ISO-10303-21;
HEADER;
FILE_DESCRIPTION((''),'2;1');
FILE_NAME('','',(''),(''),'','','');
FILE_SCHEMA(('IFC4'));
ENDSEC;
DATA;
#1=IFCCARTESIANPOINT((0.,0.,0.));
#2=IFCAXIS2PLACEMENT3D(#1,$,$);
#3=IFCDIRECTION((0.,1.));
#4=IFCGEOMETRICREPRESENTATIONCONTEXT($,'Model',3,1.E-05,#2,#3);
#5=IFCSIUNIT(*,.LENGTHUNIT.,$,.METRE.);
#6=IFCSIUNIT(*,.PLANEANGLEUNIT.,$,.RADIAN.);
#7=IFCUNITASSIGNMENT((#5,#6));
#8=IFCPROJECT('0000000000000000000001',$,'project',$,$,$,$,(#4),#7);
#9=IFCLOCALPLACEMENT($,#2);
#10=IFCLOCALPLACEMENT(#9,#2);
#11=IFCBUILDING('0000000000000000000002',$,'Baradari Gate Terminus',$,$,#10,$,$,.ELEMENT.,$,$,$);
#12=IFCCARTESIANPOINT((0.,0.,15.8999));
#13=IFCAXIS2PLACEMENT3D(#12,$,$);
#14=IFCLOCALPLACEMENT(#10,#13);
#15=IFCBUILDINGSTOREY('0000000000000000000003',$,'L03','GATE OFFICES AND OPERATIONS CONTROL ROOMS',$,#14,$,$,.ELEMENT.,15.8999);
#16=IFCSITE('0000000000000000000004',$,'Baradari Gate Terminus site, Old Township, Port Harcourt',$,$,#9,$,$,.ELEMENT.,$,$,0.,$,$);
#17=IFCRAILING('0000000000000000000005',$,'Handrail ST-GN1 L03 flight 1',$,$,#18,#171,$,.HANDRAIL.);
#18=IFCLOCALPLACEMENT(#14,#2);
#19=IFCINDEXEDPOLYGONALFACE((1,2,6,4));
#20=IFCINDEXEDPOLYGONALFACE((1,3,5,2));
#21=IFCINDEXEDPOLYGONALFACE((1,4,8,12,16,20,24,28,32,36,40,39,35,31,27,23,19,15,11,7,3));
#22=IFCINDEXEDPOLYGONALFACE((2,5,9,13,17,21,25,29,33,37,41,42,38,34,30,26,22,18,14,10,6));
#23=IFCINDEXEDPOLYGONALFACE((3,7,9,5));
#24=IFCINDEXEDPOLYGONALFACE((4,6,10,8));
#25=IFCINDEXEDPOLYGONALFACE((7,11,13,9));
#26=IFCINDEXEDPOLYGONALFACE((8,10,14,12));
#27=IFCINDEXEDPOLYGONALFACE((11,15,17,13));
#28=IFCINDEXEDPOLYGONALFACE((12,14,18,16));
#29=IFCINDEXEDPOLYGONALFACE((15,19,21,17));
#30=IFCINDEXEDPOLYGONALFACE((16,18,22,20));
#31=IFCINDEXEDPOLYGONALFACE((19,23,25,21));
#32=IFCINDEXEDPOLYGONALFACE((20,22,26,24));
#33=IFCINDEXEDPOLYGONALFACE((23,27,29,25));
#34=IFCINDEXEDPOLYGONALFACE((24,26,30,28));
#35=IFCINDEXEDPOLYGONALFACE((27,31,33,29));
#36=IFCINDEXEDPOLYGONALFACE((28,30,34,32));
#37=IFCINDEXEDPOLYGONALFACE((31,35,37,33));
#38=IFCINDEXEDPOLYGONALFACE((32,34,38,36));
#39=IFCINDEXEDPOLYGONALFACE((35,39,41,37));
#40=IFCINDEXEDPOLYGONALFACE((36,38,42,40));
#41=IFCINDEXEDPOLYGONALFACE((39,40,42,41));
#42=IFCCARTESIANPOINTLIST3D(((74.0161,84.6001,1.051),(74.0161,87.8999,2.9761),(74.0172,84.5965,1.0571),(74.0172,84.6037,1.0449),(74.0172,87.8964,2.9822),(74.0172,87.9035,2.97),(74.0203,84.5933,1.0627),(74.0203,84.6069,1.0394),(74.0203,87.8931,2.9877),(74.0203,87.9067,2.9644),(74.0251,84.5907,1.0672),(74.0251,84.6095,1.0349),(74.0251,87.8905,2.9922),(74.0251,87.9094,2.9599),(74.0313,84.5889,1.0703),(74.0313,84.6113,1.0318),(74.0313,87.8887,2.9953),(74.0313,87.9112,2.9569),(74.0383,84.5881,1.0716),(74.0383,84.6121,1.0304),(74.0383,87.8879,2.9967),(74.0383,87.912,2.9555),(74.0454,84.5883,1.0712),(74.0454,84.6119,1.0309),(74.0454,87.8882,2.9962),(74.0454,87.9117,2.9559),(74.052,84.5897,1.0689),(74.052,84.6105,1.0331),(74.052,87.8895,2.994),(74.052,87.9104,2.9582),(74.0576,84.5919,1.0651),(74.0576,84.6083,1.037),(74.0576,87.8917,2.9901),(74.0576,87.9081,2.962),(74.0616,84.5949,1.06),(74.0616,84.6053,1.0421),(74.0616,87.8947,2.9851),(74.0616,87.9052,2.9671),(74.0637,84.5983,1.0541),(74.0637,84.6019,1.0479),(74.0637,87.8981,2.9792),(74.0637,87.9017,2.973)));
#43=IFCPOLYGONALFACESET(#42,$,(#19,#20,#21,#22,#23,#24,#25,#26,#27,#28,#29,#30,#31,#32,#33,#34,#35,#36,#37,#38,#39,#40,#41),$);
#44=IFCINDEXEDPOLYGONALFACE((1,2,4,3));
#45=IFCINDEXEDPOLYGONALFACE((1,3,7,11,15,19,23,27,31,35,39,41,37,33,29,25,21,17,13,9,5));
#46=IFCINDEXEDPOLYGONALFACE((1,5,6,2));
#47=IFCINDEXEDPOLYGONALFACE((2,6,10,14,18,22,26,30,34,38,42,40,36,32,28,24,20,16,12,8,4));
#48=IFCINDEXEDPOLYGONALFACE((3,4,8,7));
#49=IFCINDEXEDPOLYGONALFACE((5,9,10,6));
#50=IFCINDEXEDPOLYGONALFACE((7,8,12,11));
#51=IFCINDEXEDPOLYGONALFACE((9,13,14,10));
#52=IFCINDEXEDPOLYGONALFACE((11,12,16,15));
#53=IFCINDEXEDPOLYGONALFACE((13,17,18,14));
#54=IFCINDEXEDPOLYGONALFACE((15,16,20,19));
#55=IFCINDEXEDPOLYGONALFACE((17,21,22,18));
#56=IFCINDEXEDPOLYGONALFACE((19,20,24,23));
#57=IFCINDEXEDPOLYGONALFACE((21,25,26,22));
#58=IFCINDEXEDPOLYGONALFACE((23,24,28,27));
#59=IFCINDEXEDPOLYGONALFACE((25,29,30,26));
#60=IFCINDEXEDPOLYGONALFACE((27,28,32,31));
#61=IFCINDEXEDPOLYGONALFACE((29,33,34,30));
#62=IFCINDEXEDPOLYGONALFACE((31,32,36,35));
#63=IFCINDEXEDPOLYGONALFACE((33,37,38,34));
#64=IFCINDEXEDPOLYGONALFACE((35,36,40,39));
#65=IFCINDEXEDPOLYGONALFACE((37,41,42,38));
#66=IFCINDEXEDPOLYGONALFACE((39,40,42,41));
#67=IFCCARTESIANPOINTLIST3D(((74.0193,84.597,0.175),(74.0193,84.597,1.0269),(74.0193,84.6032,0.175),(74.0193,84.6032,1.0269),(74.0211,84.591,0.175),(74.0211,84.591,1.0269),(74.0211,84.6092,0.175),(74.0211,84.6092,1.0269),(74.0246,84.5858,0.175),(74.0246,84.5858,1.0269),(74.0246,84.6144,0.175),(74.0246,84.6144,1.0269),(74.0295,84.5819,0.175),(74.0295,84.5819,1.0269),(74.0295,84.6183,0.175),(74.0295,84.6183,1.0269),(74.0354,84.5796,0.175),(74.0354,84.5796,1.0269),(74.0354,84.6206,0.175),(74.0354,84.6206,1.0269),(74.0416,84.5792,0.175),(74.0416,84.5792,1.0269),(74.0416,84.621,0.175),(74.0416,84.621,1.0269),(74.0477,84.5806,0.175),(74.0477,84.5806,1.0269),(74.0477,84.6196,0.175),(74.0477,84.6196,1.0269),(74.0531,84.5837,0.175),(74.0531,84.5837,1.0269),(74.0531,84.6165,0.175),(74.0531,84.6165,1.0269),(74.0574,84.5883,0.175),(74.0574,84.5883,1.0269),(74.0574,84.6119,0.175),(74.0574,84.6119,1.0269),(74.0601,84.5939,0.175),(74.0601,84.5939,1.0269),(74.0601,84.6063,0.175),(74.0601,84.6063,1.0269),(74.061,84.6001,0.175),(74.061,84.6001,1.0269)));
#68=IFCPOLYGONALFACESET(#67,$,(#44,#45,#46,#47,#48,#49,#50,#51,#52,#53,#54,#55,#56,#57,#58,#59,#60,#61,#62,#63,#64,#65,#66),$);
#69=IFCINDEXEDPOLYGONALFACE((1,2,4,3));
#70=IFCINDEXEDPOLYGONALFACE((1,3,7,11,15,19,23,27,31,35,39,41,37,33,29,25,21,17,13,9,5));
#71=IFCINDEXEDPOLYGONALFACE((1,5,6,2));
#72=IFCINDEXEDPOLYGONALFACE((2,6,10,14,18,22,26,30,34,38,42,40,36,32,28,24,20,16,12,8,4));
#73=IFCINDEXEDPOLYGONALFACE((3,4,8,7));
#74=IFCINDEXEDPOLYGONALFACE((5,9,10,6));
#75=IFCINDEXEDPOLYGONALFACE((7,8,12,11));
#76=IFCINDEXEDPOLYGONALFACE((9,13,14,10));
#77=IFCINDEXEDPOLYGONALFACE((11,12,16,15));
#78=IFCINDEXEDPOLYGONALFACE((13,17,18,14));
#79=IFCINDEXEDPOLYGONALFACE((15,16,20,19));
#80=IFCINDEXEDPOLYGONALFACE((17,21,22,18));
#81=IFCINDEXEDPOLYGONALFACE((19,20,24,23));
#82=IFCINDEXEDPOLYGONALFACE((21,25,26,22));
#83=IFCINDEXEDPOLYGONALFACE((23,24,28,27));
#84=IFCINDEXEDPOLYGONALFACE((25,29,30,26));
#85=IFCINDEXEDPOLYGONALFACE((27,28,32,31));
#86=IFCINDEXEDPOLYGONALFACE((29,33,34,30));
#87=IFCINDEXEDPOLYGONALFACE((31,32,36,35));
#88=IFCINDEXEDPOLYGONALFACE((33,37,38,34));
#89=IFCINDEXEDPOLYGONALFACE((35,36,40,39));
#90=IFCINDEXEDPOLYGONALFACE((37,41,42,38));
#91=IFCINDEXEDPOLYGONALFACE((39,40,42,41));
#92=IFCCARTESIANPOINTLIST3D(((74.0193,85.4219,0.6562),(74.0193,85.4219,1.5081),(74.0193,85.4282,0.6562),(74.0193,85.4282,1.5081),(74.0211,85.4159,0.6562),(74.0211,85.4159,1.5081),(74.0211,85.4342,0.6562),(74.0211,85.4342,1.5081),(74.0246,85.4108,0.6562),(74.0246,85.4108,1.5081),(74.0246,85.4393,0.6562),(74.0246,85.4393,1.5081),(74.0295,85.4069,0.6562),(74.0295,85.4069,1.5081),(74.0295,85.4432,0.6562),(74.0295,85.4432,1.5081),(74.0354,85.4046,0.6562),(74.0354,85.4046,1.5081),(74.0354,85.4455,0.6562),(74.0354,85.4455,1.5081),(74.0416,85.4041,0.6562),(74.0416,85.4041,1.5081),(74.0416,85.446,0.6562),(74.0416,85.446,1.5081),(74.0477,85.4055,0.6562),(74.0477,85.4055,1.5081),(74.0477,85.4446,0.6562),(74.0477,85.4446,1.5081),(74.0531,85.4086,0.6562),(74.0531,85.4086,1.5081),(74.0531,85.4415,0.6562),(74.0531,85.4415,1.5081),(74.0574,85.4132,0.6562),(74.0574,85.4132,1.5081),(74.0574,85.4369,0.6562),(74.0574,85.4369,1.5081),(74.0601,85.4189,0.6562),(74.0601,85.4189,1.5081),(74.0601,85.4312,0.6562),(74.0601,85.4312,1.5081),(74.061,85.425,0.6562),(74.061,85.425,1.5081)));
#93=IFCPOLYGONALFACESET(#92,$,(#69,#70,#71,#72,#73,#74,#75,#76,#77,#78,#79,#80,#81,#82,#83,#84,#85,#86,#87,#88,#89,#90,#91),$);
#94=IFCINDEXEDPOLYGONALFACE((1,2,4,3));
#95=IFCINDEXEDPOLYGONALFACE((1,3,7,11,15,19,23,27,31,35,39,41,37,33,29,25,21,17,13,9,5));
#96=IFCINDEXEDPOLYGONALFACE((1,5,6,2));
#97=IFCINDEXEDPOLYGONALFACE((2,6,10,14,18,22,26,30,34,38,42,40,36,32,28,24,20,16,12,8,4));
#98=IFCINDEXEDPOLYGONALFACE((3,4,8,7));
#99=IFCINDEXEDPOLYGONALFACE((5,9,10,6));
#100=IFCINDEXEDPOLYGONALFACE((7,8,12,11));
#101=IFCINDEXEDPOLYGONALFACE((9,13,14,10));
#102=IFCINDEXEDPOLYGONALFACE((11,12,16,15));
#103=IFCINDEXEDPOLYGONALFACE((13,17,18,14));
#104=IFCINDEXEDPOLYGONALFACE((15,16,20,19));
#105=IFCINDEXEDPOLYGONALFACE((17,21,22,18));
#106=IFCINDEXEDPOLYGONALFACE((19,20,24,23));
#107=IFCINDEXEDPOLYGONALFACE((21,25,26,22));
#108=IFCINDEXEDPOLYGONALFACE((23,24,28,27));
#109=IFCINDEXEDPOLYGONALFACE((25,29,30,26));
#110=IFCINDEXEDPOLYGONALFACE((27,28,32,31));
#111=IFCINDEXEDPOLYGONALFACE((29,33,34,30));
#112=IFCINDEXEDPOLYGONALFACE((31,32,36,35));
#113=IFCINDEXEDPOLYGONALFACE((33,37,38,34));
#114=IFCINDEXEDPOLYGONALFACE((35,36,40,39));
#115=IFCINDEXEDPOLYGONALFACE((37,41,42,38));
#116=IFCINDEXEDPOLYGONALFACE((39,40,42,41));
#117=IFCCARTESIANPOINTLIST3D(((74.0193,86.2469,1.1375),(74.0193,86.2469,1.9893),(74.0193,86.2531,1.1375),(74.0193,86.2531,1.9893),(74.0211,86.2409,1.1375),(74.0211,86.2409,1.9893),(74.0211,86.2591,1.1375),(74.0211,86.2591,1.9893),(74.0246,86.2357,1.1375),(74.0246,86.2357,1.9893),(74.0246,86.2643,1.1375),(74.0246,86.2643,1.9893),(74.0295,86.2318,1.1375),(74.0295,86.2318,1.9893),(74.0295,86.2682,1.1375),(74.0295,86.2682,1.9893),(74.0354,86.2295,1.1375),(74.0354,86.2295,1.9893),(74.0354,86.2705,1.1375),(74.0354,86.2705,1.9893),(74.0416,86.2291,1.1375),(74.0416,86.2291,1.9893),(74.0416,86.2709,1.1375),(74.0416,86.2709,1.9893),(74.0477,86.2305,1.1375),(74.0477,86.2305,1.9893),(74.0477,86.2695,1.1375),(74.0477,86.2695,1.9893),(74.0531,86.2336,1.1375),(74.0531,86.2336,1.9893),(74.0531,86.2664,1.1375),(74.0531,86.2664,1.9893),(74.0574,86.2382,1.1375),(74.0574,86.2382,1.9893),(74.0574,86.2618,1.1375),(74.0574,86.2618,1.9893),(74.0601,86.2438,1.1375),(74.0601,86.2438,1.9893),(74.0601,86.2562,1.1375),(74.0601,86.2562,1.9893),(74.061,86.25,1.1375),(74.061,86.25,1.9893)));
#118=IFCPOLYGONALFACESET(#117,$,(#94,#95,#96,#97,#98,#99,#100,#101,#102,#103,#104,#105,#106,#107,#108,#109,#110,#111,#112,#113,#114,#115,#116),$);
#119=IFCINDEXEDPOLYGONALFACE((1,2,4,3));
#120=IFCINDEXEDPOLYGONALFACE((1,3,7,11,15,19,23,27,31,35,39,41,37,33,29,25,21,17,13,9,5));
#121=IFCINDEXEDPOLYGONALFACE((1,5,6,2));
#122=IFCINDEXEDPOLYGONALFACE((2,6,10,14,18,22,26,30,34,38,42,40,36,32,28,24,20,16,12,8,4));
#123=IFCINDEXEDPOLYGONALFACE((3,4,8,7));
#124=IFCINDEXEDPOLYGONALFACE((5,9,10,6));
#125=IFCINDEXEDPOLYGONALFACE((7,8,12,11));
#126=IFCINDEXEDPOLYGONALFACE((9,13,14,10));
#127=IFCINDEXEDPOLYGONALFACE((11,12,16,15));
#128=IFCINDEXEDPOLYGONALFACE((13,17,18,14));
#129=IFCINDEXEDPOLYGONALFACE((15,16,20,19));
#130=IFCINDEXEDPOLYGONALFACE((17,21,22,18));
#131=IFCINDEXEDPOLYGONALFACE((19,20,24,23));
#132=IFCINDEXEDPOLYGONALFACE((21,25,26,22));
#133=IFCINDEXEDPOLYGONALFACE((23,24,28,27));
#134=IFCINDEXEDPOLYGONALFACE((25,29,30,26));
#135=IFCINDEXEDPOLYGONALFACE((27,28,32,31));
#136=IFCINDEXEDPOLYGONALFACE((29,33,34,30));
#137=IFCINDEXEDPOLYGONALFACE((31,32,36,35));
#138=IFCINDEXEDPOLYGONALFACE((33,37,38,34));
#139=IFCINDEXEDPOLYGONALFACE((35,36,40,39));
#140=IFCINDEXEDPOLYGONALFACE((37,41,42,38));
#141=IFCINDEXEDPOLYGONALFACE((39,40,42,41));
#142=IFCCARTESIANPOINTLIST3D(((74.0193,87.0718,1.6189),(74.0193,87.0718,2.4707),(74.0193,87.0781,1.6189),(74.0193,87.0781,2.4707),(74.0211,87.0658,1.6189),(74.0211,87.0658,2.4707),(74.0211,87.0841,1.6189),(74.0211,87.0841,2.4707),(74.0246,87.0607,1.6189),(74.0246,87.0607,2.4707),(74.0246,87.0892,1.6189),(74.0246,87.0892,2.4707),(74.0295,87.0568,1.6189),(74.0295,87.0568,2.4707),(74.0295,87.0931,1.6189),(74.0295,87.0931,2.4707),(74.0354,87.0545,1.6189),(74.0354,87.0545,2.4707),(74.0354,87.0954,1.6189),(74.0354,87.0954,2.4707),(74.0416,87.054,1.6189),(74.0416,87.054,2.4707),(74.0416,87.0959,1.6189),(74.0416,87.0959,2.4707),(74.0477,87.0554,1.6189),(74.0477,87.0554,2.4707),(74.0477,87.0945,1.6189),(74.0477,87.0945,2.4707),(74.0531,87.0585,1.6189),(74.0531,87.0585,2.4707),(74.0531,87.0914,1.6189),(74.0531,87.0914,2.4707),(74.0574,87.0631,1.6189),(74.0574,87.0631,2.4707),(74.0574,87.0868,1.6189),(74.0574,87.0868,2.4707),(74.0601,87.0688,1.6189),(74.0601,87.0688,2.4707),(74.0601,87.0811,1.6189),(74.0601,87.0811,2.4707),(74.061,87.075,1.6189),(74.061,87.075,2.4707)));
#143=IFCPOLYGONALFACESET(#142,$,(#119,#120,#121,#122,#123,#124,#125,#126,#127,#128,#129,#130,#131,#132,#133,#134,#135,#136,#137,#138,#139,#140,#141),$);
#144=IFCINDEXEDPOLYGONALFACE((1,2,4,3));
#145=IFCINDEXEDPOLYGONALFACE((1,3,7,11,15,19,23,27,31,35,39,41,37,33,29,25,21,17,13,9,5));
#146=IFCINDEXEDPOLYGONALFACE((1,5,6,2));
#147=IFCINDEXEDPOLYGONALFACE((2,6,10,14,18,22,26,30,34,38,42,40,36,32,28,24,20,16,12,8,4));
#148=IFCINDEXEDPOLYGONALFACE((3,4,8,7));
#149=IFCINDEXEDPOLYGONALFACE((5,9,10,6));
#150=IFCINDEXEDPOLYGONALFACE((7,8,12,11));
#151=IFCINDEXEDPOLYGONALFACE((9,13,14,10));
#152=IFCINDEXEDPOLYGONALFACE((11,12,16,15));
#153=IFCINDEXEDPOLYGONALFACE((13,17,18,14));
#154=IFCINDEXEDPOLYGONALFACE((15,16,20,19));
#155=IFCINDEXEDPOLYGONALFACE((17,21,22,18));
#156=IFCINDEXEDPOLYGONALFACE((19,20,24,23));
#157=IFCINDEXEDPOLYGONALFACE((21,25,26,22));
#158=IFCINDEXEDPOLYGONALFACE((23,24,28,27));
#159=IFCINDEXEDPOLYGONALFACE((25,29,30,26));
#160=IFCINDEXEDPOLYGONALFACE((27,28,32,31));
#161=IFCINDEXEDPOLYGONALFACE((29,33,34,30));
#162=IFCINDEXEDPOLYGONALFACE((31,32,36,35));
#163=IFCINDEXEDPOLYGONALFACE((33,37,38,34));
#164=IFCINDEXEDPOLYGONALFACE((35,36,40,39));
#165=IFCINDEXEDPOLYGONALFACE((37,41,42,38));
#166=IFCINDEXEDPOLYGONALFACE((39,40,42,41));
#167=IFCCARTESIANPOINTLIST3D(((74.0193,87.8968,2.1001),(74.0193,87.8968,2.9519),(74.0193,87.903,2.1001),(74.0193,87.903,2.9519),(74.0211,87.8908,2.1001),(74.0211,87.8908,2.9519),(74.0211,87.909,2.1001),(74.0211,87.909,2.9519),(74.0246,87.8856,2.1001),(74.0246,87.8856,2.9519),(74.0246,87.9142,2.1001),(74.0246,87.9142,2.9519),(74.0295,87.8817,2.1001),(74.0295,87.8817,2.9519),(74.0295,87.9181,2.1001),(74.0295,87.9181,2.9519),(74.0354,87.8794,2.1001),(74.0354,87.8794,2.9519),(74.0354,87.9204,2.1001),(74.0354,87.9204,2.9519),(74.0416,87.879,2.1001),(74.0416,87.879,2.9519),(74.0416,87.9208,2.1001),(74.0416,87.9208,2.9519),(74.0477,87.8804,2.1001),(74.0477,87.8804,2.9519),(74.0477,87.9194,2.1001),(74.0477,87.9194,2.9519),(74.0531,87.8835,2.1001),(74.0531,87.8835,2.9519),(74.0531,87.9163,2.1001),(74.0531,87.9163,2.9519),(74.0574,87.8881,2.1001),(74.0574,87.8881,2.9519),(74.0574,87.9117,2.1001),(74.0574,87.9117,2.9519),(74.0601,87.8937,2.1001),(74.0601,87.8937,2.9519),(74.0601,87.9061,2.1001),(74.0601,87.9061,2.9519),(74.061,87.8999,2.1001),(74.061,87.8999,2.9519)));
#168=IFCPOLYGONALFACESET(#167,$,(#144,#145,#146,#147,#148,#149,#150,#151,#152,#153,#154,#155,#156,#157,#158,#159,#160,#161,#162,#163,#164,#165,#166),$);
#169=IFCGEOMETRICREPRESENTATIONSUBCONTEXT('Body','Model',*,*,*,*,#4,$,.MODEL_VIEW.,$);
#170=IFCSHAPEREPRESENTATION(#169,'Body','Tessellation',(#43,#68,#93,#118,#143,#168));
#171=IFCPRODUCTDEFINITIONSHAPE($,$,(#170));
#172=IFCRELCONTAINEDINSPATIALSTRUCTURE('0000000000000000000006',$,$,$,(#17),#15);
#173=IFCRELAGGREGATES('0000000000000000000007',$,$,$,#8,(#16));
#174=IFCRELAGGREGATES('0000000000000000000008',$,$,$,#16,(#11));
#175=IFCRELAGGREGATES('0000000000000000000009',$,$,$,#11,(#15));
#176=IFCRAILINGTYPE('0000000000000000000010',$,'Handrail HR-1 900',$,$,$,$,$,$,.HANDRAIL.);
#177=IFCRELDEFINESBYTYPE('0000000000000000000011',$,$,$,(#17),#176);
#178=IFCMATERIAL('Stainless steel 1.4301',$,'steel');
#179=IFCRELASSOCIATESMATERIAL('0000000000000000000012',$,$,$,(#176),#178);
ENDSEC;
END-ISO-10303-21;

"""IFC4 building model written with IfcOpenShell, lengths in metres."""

from ifc_helpers import new_model, si_unit, direction, frame, origin, origin_2d, place, context, subcontext, project, spatial, circle, extrude, material, type_object, element, save


model = new_model("IFC4")

# Units and contexts
model_context = context("Model", 3, precision=1e-05, world=origin(), true_north=direction((0.0, 1.0)))
body_context = subcontext(model_context, "Body", "Model", "MODEL_VIEW")
ifc_project = project(units=[si_unit("LENGTHUNIT", "METRE"), si_unit("PLANEANGLEUNIT", "RADIAN")], contexts=[model_context])

# Site, building, storey
site_placement = place(None, origin())
site = spatial("IfcSite", under=ifc_project, at=site_placement, Name="Baradari Gate Terminus site, Old Township, Port Harcourt", CompositionType="ELEMENT", RefElevation=0.0)
building_placement = place(site_placement, origin())
building = spatial("IfcBuilding", under=site, at=building_placement, Name="Baradari Gate Terminus", CompositionType="ELEMENT")
storey_placement = place(building_placement, frame((0.0, 0.0, 15.8999)))
storey = spatial("IfcBuildingStorey", under=building, at=storey_placement, Name="L03", Description="GATE OFFICES AND OPERATIONS CONTROL ROOMS", CompositionType="ELEMENT", Elevation=15.8999)

# Railing
ifc_material_1 = material(Name="Stainless steel 1.4301", Category="steel")
railing_type = type_object("IfcRailingType", Name="Handrail HR-1 900", PredefinedType="HANDRAIL", material=ifc_material_1)
for number, where, name in (
    (1, (74.04, 84.6001, 0.175), "Handrail ST-GN1 L03 flight 1"),
):
    element("IfcRailing", number, at=place(storey_placement, frame(where)), inside=storey, type_object=railing_type, Name=name, PredefinedType="HANDRAIL", context=body_context, shape_type="SweptSolid", body=[
        extrude(circle(Radius=0.0239, at=origin_2d()), frame((0.0, 0.0, 0.876), z_axis=(0.0, 0.86376, 0.503903), x_axis=(-1.0, 0.0, 0.0)), (0.0, 0.0, 1.0), 3.8203),
        extrude(circle(Radius=0.021, at=origin_2d()), origin(), (0.0, 0.0, 1.0), 0.8518),
        extrude(circle(Radius=0.021, at=origin_2d()), frame((0.0, 0.825, 0.4812)), (0.0, 0.0, 1.0), 0.8518),
        extrude(circle(Radius=0.021, at=origin_2d()), frame((0.0, 1.6499, 0.9624)), (0.0, 0.0, 1.0), 0.8518),
        extrude(circle(Radius=0.021, at=origin_2d()), frame((0.0, 2.4749, 1.4438)), (0.0, 0.0, 1.0), 0.8518),
        extrude(circle(Radius=0.021, at=origin_2d()), frame((0.0, 3.2998, 1.925)), (0.0, 0.0, 1.0), 0.8518),
    ])

save(model, "model.ifc")
